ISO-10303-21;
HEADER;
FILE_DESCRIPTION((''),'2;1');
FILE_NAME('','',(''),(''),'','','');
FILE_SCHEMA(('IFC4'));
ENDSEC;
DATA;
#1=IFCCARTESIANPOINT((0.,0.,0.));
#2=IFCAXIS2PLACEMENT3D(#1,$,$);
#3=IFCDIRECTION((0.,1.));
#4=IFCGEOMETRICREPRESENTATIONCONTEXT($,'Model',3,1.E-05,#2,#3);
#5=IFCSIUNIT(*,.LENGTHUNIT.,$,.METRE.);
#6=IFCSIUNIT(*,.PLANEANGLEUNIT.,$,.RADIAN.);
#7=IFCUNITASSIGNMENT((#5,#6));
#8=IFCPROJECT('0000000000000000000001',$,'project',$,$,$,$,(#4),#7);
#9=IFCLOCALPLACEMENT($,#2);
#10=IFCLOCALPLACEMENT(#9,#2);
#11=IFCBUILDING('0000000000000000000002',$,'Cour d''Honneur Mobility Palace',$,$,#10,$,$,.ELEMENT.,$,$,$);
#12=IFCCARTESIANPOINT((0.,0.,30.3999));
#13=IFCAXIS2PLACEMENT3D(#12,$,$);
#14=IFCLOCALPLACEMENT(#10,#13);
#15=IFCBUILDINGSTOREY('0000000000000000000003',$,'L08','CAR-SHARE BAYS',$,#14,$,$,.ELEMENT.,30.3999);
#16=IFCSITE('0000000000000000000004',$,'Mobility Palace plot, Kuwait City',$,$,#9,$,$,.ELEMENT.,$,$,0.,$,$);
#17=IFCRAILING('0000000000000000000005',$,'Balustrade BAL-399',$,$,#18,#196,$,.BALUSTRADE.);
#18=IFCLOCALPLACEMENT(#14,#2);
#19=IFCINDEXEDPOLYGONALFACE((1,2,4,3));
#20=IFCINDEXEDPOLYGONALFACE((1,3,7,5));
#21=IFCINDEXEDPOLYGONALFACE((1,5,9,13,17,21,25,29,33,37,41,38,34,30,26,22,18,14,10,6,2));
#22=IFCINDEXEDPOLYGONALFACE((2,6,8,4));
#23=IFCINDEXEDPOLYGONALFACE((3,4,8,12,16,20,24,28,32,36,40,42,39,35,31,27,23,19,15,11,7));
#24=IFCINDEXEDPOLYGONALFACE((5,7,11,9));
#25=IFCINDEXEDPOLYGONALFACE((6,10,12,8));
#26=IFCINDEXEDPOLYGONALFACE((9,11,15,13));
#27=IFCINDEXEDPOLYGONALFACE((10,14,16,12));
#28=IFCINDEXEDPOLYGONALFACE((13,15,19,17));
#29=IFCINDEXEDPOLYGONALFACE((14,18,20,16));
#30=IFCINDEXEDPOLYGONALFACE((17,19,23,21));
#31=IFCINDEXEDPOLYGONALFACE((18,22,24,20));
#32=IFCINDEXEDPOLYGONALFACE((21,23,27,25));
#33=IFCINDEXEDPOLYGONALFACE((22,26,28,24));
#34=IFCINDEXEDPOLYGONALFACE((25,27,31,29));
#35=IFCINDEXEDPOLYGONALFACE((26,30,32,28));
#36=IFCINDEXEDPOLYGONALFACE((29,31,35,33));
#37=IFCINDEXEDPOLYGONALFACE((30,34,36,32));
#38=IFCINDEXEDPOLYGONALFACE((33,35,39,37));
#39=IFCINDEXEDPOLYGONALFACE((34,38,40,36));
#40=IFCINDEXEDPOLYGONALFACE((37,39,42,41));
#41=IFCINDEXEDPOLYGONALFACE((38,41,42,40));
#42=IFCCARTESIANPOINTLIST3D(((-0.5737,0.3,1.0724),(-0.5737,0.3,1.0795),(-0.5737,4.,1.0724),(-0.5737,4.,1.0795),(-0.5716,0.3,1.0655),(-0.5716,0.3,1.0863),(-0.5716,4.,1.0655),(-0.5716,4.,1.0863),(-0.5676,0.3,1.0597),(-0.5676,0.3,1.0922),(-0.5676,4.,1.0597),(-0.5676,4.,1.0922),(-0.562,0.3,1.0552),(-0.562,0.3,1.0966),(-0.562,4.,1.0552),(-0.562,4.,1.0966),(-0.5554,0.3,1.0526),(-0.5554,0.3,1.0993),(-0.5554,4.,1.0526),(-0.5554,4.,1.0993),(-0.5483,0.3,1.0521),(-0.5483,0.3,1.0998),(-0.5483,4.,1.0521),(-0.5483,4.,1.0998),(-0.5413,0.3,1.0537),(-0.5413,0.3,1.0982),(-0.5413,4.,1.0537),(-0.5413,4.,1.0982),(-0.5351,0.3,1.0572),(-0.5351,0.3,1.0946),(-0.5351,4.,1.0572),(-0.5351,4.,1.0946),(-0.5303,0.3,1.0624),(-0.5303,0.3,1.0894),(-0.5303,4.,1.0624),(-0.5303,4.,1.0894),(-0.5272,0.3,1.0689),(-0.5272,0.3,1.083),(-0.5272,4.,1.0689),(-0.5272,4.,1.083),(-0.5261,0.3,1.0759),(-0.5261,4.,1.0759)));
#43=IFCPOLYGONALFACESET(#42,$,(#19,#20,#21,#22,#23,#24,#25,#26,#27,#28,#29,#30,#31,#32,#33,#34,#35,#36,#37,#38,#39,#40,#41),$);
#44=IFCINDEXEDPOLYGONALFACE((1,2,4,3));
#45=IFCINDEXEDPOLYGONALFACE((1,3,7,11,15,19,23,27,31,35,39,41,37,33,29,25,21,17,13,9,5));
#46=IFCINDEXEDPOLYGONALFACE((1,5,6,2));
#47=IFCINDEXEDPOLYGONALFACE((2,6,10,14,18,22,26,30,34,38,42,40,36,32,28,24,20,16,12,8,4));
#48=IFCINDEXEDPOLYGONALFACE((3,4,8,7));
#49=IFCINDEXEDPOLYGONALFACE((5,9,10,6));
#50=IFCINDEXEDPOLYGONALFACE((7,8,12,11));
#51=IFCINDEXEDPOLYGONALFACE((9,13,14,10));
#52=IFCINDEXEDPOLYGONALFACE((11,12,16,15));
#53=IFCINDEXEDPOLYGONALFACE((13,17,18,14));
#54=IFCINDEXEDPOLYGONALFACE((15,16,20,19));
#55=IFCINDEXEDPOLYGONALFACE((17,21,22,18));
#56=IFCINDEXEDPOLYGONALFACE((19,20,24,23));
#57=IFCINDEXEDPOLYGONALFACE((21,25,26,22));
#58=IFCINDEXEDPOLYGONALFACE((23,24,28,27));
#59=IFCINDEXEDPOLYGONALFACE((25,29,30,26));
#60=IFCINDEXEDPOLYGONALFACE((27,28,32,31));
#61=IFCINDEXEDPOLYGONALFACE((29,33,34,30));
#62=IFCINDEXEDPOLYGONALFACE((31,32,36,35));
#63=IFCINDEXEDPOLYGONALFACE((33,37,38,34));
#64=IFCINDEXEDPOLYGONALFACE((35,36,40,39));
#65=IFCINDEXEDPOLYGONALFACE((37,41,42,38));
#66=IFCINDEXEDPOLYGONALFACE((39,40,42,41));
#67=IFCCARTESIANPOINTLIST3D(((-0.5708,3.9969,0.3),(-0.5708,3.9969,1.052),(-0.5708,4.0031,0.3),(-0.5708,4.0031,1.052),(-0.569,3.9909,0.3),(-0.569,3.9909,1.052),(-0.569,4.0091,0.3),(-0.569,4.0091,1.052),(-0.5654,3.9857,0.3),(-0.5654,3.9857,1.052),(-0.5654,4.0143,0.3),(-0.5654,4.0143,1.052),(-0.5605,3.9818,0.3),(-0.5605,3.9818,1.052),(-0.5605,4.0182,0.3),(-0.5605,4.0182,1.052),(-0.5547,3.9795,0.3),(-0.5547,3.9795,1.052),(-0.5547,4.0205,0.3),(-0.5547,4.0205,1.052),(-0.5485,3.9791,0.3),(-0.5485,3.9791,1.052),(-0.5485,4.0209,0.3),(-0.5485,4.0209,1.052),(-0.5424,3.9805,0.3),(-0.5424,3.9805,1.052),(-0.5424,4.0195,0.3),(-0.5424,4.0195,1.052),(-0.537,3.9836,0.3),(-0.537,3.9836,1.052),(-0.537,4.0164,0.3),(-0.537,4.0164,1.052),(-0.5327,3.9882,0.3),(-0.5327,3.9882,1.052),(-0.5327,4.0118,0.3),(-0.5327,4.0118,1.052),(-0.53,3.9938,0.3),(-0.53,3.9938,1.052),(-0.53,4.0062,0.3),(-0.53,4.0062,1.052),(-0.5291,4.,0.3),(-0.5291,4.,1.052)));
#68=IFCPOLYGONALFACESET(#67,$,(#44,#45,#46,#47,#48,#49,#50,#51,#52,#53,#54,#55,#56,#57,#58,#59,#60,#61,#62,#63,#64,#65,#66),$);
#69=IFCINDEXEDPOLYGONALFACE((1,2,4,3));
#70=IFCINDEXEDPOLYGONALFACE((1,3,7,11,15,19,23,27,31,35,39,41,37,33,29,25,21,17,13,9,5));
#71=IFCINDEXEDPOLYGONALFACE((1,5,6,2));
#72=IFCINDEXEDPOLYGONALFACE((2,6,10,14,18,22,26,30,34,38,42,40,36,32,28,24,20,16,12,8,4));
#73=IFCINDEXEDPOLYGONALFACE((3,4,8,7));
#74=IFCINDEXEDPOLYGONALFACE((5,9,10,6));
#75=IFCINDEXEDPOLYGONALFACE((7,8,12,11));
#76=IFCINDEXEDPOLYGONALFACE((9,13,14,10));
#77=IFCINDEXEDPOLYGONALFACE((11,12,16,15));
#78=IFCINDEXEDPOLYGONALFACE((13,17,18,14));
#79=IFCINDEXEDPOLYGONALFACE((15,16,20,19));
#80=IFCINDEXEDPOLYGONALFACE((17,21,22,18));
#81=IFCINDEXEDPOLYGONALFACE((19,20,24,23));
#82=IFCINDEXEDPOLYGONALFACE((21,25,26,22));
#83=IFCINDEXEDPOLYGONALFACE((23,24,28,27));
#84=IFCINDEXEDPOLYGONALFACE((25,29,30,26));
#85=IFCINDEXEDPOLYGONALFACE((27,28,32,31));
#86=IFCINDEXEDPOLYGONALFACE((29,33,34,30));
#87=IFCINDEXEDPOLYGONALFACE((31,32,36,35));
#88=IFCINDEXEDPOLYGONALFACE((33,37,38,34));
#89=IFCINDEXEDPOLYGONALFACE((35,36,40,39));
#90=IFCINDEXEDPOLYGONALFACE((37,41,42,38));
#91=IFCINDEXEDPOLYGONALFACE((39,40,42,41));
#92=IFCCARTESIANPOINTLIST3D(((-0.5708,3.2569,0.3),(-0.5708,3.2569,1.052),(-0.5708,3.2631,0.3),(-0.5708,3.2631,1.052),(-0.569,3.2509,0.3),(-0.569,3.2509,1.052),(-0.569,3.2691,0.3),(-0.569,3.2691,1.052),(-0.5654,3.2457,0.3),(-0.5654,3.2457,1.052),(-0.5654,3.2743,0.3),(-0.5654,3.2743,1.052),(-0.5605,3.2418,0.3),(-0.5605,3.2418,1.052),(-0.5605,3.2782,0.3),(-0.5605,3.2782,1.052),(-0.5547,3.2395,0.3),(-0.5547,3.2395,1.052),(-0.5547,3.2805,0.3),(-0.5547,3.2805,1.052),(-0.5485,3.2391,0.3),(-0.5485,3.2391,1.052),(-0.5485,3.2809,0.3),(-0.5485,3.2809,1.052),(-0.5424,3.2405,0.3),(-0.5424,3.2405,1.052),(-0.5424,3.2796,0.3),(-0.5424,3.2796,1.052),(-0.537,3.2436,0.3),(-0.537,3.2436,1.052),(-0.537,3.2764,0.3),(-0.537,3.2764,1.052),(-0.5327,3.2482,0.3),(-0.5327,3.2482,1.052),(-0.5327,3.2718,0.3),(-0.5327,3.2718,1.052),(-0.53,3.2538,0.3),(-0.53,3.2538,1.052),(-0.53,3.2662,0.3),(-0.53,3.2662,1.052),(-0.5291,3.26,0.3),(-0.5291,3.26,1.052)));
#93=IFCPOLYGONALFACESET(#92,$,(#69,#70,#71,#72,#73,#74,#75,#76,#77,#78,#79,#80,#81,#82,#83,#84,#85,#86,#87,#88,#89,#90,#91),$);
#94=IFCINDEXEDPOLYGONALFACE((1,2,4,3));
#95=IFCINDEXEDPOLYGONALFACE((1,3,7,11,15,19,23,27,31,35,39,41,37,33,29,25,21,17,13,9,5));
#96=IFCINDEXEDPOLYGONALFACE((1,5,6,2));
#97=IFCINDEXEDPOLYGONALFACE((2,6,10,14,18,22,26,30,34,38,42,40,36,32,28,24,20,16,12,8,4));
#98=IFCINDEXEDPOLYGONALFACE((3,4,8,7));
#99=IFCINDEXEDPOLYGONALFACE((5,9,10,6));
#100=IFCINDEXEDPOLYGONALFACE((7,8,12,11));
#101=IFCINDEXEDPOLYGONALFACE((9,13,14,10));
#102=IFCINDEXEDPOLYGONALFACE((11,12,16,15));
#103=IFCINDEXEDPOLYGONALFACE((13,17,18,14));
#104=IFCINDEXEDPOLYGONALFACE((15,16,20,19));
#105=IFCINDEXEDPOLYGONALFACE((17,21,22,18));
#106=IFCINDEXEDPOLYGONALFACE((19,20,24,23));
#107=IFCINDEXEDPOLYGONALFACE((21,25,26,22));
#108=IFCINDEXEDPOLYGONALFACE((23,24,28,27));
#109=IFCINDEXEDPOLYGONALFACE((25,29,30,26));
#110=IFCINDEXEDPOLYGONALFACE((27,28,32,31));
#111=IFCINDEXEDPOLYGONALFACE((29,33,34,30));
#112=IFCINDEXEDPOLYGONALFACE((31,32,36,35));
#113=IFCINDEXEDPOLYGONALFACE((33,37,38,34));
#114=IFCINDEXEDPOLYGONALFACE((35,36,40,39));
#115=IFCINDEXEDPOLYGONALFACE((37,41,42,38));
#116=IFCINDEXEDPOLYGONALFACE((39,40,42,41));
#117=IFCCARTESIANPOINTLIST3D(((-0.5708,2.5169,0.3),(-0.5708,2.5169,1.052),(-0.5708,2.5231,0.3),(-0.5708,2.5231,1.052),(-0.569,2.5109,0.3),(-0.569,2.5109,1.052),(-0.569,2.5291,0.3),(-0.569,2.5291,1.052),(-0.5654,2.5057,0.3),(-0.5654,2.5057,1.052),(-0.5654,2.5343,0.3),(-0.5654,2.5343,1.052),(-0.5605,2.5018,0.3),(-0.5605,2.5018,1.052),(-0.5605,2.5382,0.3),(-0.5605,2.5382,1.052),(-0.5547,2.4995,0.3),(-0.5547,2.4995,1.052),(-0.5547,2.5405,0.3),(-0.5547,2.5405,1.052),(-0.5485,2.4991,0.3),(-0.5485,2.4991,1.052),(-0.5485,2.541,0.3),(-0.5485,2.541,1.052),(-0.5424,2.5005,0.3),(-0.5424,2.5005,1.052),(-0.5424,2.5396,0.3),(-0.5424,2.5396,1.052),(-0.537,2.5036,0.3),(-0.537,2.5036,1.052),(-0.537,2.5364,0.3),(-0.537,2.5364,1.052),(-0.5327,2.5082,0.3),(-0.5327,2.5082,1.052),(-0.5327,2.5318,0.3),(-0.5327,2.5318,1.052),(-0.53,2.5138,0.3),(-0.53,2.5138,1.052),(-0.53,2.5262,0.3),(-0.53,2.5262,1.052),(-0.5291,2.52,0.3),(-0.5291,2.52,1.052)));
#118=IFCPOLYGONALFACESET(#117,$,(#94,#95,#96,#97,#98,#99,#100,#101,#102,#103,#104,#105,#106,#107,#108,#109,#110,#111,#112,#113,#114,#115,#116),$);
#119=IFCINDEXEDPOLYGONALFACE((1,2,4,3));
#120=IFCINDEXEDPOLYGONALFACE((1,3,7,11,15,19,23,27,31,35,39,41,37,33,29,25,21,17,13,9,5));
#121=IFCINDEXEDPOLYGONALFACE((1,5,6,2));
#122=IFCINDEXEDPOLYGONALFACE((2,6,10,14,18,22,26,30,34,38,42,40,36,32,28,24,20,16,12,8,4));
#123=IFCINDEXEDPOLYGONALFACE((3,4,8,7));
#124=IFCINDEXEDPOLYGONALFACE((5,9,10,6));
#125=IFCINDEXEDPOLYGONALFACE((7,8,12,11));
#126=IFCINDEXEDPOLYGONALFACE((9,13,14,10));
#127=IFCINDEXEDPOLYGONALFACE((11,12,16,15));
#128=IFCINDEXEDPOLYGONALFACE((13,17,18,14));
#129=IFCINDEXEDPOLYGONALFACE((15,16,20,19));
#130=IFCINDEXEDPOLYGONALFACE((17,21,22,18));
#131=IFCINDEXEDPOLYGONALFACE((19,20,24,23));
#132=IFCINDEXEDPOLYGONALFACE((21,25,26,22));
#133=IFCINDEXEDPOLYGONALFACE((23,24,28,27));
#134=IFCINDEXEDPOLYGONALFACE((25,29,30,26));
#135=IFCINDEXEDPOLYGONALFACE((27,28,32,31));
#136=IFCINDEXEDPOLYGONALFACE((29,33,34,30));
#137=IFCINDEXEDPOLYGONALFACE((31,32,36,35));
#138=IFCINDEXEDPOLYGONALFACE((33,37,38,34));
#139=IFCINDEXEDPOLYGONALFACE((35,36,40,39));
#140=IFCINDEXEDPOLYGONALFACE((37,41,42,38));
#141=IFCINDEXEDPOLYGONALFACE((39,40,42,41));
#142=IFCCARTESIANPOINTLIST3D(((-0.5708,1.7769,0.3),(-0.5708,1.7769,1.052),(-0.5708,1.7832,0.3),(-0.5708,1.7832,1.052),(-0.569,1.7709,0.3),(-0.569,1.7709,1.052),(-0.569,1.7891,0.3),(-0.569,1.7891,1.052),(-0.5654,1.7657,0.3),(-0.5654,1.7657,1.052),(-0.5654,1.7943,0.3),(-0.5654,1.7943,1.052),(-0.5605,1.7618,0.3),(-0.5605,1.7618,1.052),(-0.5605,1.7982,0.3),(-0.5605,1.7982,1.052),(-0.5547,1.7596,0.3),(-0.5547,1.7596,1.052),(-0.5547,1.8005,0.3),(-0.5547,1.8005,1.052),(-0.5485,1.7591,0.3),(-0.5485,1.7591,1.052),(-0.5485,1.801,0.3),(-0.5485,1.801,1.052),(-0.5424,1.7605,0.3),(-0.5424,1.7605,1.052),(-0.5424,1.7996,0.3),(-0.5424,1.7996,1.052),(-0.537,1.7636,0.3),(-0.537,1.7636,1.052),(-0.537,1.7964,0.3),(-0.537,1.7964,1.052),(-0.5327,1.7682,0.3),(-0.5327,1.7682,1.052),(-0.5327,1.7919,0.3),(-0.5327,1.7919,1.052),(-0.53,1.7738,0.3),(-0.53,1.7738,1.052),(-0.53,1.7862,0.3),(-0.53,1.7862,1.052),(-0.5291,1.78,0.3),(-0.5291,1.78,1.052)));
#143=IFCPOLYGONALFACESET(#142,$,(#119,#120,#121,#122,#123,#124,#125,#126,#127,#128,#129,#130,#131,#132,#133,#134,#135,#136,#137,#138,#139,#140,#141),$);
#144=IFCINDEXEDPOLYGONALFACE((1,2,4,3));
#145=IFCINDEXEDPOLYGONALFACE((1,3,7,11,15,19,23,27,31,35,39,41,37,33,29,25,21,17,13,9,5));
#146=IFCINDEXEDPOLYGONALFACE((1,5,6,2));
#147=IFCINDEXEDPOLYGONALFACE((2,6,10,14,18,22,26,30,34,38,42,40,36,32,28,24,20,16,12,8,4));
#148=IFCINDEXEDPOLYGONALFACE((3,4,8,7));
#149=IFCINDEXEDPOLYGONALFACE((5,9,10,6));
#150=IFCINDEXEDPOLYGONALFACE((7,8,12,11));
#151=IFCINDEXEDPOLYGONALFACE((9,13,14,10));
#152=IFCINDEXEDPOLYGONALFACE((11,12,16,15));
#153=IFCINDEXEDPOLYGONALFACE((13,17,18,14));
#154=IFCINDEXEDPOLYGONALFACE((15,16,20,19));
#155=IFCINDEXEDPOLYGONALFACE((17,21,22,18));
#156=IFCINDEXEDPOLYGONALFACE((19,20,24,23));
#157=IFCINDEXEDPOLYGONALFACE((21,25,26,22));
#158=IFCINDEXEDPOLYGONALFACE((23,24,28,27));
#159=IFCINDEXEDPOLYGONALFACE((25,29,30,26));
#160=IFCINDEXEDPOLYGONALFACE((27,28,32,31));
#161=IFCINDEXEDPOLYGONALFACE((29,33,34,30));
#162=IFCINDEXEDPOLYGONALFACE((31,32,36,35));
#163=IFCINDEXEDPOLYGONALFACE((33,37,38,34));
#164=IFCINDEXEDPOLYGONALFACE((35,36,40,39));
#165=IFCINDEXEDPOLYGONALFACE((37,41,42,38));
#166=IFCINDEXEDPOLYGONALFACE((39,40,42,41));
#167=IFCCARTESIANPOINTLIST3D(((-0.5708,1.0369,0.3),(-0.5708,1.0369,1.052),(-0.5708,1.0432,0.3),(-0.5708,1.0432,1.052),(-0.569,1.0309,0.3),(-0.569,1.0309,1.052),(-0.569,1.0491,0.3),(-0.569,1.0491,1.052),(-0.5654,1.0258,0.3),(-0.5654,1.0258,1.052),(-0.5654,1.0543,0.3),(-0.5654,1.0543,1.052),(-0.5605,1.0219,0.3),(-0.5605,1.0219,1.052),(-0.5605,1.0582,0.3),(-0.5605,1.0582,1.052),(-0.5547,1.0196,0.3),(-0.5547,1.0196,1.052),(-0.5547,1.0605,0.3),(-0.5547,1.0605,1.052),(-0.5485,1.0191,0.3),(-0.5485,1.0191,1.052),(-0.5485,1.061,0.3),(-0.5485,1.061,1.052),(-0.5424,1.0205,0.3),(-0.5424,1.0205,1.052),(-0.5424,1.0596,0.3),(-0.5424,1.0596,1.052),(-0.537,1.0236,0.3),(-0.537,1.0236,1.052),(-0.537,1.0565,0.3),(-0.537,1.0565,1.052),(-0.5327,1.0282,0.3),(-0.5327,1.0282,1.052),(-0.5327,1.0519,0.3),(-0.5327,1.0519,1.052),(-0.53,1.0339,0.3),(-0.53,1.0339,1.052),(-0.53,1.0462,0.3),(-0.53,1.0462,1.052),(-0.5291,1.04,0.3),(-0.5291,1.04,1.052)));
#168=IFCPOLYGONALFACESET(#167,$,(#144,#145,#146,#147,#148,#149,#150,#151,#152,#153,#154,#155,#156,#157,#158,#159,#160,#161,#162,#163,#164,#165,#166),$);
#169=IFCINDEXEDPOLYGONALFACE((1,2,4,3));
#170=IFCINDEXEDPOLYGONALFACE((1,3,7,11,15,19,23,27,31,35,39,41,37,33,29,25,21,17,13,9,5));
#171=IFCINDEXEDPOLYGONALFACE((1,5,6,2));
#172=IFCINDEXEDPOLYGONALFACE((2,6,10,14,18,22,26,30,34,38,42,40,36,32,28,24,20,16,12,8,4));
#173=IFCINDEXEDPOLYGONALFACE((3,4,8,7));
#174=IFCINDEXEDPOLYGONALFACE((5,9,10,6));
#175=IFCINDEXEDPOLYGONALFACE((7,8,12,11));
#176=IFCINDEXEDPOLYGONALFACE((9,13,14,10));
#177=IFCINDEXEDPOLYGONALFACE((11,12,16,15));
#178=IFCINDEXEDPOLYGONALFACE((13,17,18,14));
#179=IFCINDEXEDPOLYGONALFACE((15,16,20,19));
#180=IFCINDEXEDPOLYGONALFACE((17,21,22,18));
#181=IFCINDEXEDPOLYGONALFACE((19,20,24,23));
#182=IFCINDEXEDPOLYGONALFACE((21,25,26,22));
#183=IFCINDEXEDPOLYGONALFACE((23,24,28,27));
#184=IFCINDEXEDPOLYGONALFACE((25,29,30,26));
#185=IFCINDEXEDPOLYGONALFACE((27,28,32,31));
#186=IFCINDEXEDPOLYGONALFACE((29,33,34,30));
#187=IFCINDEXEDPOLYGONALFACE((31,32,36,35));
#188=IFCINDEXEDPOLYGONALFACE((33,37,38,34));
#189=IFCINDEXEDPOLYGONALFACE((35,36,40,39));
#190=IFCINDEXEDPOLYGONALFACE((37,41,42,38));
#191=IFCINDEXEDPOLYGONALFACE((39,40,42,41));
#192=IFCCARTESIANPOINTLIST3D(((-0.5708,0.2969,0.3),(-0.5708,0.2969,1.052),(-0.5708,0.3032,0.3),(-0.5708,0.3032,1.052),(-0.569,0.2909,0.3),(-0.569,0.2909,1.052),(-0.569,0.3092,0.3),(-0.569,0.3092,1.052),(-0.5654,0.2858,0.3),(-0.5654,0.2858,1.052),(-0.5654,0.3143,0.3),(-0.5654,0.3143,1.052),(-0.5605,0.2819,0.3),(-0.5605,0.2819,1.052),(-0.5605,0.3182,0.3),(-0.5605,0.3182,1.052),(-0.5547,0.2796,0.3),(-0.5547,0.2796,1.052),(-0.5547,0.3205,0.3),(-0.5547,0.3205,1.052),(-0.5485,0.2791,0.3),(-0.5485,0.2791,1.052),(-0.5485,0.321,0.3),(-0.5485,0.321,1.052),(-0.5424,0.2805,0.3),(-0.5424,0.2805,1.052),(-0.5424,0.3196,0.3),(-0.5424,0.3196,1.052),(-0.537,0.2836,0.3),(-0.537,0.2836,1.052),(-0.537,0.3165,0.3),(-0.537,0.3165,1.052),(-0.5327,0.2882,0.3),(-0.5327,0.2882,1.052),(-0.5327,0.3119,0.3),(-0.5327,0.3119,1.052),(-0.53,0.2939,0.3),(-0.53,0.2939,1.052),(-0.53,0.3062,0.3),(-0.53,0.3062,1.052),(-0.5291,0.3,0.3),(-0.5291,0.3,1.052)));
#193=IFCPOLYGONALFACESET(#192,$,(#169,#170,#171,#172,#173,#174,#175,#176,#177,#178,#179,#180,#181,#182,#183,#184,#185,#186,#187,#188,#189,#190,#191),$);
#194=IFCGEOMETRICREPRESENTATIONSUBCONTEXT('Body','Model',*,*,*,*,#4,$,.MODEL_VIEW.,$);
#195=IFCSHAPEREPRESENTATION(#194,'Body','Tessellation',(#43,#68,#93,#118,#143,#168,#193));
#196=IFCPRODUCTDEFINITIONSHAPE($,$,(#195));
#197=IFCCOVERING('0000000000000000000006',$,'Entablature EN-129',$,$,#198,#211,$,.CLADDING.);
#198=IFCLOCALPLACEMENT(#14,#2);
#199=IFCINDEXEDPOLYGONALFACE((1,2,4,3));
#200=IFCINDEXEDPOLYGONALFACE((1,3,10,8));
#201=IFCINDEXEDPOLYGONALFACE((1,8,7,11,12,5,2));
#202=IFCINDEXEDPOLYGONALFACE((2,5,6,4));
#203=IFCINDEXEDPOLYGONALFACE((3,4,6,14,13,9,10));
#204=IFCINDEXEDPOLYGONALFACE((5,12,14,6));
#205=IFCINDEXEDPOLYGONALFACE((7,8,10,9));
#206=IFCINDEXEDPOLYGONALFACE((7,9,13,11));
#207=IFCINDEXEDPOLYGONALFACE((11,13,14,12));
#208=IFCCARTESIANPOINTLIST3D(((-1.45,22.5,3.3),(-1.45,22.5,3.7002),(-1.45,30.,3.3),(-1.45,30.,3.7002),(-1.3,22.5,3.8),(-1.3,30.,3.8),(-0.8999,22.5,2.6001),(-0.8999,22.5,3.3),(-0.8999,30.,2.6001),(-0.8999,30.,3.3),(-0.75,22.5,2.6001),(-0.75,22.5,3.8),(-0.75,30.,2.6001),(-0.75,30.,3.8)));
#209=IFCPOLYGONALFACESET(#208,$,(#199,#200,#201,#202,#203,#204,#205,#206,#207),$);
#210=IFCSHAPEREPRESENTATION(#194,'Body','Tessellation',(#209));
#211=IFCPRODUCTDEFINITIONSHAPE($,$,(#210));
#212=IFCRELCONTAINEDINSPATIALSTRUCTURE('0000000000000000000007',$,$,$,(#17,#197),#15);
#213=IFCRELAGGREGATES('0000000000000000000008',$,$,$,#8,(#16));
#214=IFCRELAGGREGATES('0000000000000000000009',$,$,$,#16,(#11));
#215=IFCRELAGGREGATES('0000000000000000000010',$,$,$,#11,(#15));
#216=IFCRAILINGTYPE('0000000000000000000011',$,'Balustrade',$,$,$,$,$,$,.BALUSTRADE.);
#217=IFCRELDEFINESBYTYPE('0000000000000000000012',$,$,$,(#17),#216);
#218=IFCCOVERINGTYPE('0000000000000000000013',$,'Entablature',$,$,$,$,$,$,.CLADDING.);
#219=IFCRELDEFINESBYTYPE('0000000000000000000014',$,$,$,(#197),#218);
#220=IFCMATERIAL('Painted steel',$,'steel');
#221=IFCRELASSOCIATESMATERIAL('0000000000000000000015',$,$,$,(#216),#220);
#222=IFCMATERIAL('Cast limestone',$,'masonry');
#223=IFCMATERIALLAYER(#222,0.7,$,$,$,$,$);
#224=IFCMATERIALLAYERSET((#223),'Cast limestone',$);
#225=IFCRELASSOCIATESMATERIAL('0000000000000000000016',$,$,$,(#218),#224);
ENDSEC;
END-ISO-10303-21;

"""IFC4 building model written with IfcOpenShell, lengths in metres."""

from ifc_helpers import new_model, si_unit, direction, frame, origin, origin_2d, place, context, subcontext, project, spatial, polyline, circle, outline, extrude, material, layer, layer_set, type_object, element, save


model = new_model("IFC4")

# Units and contexts
model_context = context("Model", 3, precision=1e-05, world=origin(), true_north=direction((0.0, 1.0)))
body_context = subcontext(model_context, "Body", "Model", "MODEL_VIEW")
ifc_project = project(units=[si_unit("LENGTHUNIT", "METRE"), si_unit("PLANEANGLEUNIT", "RADIAN")], contexts=[model_context])

# Site, building, storey
site_placement = place(None, origin())
site = spatial("IfcSite", under=ifc_project, at=site_placement, Name="Mobility Palace plot, Kuwait City", CompositionType="ELEMENT", RefElevation=0.0)
building_placement = place(site_placement, origin())
building = spatial("IfcBuilding", under=site, at=building_placement, Name="Cour d'Honneur Mobility Palace", CompositionType="ELEMENT")
storey_placement = place(building_placement, frame((0.0, 0.0, 30.3999)))
storey = spatial("IfcBuildingStorey", under=building, at=storey_placement, Name="L08", Description="CAR-SHARE BAYS", CompositionType="ELEMENT", Elevation=30.3999)

# Railing
ifc_material_1 = material(Name="Painted steel", Category="steel")
railing_type_1 = type_object("IfcRailingType", Name="Balustrade", PredefinedType="BALUSTRADE", material=ifc_material_1)
railing_1_placement = place(storey_placement, frame((-0.55, 4.0, 0.3)))
element("IfcRailing", 1, at=railing_1_placement, inside=storey, type_object=railing_type_1, Name="Balustrade BAL-399", PredefinedType="BALUSTRADE", context=body_context, shape_type="SweptSolid", body=[
    extrude(circle(Radius=0.0239, at=origin_2d()), frame((0.0, 0.0, 0.7759), z_axis=(0.0, -1.0, 0.0), x_axis=(1.0, 0.0, 0.0)), (0.0, 0.0, 1.0), 3.7),
    extrude(circle(Radius=0.021, at=origin_2d()), origin(), (0.0, 0.0, 1.0), 0.752),
    extrude(circle(Radius=0.021, at=origin_2d()), frame((0.0, -0.74, 0.0)), (0.0, 0.0, 1.0), 0.752),
    extrude(circle(Radius=0.021, at=origin_2d()), frame((0.0, -1.48, 0.0)), (0.0, 0.0, 1.0), 0.752),
    extrude(circle(Radius=0.021, at=origin_2d()), frame((0.0, -2.22, 0.0)), (0.0, 0.0, 1.0), 0.752),
    extrude(circle(Radius=0.021, at=origin_2d()), frame((0.0, -2.96, 0.0)), (0.0, 0.0, 1.0), 0.752),
    extrude(circle(Radius=0.021, at=origin_2d()), frame((0.0, -3.7, 0.0)), (0.0, 0.0, 1.0), 0.752),
])

# Covering
ifc_material_2 = material(Name="Cast limestone", Category="masonry")
ifc_layer_1 = layer(ifc_material_2, 0.7)
ifc_layer_set_1 = layer_set([ifc_layer_1], Name="Cast limestone")
covering_type_1 = type_object("IfcCoveringType", Name="Entablature", PredefinedType="CLADDING", material=ifc_layer_set_1)
for number, where, z_axis, x_axis, name in (
    (2, (-0.75, 30.0, 2.6001), (0.0, 1.0, 0.0), (-1.0, 0.0, 0.0), "Entablature EN-129"),
):
    element("IfcCovering", number, at=place(storey_placement, frame(where, z_axis=z_axis, x_axis=x_axis)), inside=storey, type_object=covering_type_1, Name=name, PredefinedType="CLADDING", context=body_context, shape_type="SweptSolid", body=[
        extrude(outline(polyline([(0.0, 0.0), (0.1499, 0.0), (0.1499, 0.7), (0.7, 0.7), (0.7, 1.1001), (0.55, 1.2), (0.0, 1.2), (0.0, 0.0)])), origin(), (0.0, 0.0, -1.0), 7.5),
    ])

save(model, "model.ifc")
